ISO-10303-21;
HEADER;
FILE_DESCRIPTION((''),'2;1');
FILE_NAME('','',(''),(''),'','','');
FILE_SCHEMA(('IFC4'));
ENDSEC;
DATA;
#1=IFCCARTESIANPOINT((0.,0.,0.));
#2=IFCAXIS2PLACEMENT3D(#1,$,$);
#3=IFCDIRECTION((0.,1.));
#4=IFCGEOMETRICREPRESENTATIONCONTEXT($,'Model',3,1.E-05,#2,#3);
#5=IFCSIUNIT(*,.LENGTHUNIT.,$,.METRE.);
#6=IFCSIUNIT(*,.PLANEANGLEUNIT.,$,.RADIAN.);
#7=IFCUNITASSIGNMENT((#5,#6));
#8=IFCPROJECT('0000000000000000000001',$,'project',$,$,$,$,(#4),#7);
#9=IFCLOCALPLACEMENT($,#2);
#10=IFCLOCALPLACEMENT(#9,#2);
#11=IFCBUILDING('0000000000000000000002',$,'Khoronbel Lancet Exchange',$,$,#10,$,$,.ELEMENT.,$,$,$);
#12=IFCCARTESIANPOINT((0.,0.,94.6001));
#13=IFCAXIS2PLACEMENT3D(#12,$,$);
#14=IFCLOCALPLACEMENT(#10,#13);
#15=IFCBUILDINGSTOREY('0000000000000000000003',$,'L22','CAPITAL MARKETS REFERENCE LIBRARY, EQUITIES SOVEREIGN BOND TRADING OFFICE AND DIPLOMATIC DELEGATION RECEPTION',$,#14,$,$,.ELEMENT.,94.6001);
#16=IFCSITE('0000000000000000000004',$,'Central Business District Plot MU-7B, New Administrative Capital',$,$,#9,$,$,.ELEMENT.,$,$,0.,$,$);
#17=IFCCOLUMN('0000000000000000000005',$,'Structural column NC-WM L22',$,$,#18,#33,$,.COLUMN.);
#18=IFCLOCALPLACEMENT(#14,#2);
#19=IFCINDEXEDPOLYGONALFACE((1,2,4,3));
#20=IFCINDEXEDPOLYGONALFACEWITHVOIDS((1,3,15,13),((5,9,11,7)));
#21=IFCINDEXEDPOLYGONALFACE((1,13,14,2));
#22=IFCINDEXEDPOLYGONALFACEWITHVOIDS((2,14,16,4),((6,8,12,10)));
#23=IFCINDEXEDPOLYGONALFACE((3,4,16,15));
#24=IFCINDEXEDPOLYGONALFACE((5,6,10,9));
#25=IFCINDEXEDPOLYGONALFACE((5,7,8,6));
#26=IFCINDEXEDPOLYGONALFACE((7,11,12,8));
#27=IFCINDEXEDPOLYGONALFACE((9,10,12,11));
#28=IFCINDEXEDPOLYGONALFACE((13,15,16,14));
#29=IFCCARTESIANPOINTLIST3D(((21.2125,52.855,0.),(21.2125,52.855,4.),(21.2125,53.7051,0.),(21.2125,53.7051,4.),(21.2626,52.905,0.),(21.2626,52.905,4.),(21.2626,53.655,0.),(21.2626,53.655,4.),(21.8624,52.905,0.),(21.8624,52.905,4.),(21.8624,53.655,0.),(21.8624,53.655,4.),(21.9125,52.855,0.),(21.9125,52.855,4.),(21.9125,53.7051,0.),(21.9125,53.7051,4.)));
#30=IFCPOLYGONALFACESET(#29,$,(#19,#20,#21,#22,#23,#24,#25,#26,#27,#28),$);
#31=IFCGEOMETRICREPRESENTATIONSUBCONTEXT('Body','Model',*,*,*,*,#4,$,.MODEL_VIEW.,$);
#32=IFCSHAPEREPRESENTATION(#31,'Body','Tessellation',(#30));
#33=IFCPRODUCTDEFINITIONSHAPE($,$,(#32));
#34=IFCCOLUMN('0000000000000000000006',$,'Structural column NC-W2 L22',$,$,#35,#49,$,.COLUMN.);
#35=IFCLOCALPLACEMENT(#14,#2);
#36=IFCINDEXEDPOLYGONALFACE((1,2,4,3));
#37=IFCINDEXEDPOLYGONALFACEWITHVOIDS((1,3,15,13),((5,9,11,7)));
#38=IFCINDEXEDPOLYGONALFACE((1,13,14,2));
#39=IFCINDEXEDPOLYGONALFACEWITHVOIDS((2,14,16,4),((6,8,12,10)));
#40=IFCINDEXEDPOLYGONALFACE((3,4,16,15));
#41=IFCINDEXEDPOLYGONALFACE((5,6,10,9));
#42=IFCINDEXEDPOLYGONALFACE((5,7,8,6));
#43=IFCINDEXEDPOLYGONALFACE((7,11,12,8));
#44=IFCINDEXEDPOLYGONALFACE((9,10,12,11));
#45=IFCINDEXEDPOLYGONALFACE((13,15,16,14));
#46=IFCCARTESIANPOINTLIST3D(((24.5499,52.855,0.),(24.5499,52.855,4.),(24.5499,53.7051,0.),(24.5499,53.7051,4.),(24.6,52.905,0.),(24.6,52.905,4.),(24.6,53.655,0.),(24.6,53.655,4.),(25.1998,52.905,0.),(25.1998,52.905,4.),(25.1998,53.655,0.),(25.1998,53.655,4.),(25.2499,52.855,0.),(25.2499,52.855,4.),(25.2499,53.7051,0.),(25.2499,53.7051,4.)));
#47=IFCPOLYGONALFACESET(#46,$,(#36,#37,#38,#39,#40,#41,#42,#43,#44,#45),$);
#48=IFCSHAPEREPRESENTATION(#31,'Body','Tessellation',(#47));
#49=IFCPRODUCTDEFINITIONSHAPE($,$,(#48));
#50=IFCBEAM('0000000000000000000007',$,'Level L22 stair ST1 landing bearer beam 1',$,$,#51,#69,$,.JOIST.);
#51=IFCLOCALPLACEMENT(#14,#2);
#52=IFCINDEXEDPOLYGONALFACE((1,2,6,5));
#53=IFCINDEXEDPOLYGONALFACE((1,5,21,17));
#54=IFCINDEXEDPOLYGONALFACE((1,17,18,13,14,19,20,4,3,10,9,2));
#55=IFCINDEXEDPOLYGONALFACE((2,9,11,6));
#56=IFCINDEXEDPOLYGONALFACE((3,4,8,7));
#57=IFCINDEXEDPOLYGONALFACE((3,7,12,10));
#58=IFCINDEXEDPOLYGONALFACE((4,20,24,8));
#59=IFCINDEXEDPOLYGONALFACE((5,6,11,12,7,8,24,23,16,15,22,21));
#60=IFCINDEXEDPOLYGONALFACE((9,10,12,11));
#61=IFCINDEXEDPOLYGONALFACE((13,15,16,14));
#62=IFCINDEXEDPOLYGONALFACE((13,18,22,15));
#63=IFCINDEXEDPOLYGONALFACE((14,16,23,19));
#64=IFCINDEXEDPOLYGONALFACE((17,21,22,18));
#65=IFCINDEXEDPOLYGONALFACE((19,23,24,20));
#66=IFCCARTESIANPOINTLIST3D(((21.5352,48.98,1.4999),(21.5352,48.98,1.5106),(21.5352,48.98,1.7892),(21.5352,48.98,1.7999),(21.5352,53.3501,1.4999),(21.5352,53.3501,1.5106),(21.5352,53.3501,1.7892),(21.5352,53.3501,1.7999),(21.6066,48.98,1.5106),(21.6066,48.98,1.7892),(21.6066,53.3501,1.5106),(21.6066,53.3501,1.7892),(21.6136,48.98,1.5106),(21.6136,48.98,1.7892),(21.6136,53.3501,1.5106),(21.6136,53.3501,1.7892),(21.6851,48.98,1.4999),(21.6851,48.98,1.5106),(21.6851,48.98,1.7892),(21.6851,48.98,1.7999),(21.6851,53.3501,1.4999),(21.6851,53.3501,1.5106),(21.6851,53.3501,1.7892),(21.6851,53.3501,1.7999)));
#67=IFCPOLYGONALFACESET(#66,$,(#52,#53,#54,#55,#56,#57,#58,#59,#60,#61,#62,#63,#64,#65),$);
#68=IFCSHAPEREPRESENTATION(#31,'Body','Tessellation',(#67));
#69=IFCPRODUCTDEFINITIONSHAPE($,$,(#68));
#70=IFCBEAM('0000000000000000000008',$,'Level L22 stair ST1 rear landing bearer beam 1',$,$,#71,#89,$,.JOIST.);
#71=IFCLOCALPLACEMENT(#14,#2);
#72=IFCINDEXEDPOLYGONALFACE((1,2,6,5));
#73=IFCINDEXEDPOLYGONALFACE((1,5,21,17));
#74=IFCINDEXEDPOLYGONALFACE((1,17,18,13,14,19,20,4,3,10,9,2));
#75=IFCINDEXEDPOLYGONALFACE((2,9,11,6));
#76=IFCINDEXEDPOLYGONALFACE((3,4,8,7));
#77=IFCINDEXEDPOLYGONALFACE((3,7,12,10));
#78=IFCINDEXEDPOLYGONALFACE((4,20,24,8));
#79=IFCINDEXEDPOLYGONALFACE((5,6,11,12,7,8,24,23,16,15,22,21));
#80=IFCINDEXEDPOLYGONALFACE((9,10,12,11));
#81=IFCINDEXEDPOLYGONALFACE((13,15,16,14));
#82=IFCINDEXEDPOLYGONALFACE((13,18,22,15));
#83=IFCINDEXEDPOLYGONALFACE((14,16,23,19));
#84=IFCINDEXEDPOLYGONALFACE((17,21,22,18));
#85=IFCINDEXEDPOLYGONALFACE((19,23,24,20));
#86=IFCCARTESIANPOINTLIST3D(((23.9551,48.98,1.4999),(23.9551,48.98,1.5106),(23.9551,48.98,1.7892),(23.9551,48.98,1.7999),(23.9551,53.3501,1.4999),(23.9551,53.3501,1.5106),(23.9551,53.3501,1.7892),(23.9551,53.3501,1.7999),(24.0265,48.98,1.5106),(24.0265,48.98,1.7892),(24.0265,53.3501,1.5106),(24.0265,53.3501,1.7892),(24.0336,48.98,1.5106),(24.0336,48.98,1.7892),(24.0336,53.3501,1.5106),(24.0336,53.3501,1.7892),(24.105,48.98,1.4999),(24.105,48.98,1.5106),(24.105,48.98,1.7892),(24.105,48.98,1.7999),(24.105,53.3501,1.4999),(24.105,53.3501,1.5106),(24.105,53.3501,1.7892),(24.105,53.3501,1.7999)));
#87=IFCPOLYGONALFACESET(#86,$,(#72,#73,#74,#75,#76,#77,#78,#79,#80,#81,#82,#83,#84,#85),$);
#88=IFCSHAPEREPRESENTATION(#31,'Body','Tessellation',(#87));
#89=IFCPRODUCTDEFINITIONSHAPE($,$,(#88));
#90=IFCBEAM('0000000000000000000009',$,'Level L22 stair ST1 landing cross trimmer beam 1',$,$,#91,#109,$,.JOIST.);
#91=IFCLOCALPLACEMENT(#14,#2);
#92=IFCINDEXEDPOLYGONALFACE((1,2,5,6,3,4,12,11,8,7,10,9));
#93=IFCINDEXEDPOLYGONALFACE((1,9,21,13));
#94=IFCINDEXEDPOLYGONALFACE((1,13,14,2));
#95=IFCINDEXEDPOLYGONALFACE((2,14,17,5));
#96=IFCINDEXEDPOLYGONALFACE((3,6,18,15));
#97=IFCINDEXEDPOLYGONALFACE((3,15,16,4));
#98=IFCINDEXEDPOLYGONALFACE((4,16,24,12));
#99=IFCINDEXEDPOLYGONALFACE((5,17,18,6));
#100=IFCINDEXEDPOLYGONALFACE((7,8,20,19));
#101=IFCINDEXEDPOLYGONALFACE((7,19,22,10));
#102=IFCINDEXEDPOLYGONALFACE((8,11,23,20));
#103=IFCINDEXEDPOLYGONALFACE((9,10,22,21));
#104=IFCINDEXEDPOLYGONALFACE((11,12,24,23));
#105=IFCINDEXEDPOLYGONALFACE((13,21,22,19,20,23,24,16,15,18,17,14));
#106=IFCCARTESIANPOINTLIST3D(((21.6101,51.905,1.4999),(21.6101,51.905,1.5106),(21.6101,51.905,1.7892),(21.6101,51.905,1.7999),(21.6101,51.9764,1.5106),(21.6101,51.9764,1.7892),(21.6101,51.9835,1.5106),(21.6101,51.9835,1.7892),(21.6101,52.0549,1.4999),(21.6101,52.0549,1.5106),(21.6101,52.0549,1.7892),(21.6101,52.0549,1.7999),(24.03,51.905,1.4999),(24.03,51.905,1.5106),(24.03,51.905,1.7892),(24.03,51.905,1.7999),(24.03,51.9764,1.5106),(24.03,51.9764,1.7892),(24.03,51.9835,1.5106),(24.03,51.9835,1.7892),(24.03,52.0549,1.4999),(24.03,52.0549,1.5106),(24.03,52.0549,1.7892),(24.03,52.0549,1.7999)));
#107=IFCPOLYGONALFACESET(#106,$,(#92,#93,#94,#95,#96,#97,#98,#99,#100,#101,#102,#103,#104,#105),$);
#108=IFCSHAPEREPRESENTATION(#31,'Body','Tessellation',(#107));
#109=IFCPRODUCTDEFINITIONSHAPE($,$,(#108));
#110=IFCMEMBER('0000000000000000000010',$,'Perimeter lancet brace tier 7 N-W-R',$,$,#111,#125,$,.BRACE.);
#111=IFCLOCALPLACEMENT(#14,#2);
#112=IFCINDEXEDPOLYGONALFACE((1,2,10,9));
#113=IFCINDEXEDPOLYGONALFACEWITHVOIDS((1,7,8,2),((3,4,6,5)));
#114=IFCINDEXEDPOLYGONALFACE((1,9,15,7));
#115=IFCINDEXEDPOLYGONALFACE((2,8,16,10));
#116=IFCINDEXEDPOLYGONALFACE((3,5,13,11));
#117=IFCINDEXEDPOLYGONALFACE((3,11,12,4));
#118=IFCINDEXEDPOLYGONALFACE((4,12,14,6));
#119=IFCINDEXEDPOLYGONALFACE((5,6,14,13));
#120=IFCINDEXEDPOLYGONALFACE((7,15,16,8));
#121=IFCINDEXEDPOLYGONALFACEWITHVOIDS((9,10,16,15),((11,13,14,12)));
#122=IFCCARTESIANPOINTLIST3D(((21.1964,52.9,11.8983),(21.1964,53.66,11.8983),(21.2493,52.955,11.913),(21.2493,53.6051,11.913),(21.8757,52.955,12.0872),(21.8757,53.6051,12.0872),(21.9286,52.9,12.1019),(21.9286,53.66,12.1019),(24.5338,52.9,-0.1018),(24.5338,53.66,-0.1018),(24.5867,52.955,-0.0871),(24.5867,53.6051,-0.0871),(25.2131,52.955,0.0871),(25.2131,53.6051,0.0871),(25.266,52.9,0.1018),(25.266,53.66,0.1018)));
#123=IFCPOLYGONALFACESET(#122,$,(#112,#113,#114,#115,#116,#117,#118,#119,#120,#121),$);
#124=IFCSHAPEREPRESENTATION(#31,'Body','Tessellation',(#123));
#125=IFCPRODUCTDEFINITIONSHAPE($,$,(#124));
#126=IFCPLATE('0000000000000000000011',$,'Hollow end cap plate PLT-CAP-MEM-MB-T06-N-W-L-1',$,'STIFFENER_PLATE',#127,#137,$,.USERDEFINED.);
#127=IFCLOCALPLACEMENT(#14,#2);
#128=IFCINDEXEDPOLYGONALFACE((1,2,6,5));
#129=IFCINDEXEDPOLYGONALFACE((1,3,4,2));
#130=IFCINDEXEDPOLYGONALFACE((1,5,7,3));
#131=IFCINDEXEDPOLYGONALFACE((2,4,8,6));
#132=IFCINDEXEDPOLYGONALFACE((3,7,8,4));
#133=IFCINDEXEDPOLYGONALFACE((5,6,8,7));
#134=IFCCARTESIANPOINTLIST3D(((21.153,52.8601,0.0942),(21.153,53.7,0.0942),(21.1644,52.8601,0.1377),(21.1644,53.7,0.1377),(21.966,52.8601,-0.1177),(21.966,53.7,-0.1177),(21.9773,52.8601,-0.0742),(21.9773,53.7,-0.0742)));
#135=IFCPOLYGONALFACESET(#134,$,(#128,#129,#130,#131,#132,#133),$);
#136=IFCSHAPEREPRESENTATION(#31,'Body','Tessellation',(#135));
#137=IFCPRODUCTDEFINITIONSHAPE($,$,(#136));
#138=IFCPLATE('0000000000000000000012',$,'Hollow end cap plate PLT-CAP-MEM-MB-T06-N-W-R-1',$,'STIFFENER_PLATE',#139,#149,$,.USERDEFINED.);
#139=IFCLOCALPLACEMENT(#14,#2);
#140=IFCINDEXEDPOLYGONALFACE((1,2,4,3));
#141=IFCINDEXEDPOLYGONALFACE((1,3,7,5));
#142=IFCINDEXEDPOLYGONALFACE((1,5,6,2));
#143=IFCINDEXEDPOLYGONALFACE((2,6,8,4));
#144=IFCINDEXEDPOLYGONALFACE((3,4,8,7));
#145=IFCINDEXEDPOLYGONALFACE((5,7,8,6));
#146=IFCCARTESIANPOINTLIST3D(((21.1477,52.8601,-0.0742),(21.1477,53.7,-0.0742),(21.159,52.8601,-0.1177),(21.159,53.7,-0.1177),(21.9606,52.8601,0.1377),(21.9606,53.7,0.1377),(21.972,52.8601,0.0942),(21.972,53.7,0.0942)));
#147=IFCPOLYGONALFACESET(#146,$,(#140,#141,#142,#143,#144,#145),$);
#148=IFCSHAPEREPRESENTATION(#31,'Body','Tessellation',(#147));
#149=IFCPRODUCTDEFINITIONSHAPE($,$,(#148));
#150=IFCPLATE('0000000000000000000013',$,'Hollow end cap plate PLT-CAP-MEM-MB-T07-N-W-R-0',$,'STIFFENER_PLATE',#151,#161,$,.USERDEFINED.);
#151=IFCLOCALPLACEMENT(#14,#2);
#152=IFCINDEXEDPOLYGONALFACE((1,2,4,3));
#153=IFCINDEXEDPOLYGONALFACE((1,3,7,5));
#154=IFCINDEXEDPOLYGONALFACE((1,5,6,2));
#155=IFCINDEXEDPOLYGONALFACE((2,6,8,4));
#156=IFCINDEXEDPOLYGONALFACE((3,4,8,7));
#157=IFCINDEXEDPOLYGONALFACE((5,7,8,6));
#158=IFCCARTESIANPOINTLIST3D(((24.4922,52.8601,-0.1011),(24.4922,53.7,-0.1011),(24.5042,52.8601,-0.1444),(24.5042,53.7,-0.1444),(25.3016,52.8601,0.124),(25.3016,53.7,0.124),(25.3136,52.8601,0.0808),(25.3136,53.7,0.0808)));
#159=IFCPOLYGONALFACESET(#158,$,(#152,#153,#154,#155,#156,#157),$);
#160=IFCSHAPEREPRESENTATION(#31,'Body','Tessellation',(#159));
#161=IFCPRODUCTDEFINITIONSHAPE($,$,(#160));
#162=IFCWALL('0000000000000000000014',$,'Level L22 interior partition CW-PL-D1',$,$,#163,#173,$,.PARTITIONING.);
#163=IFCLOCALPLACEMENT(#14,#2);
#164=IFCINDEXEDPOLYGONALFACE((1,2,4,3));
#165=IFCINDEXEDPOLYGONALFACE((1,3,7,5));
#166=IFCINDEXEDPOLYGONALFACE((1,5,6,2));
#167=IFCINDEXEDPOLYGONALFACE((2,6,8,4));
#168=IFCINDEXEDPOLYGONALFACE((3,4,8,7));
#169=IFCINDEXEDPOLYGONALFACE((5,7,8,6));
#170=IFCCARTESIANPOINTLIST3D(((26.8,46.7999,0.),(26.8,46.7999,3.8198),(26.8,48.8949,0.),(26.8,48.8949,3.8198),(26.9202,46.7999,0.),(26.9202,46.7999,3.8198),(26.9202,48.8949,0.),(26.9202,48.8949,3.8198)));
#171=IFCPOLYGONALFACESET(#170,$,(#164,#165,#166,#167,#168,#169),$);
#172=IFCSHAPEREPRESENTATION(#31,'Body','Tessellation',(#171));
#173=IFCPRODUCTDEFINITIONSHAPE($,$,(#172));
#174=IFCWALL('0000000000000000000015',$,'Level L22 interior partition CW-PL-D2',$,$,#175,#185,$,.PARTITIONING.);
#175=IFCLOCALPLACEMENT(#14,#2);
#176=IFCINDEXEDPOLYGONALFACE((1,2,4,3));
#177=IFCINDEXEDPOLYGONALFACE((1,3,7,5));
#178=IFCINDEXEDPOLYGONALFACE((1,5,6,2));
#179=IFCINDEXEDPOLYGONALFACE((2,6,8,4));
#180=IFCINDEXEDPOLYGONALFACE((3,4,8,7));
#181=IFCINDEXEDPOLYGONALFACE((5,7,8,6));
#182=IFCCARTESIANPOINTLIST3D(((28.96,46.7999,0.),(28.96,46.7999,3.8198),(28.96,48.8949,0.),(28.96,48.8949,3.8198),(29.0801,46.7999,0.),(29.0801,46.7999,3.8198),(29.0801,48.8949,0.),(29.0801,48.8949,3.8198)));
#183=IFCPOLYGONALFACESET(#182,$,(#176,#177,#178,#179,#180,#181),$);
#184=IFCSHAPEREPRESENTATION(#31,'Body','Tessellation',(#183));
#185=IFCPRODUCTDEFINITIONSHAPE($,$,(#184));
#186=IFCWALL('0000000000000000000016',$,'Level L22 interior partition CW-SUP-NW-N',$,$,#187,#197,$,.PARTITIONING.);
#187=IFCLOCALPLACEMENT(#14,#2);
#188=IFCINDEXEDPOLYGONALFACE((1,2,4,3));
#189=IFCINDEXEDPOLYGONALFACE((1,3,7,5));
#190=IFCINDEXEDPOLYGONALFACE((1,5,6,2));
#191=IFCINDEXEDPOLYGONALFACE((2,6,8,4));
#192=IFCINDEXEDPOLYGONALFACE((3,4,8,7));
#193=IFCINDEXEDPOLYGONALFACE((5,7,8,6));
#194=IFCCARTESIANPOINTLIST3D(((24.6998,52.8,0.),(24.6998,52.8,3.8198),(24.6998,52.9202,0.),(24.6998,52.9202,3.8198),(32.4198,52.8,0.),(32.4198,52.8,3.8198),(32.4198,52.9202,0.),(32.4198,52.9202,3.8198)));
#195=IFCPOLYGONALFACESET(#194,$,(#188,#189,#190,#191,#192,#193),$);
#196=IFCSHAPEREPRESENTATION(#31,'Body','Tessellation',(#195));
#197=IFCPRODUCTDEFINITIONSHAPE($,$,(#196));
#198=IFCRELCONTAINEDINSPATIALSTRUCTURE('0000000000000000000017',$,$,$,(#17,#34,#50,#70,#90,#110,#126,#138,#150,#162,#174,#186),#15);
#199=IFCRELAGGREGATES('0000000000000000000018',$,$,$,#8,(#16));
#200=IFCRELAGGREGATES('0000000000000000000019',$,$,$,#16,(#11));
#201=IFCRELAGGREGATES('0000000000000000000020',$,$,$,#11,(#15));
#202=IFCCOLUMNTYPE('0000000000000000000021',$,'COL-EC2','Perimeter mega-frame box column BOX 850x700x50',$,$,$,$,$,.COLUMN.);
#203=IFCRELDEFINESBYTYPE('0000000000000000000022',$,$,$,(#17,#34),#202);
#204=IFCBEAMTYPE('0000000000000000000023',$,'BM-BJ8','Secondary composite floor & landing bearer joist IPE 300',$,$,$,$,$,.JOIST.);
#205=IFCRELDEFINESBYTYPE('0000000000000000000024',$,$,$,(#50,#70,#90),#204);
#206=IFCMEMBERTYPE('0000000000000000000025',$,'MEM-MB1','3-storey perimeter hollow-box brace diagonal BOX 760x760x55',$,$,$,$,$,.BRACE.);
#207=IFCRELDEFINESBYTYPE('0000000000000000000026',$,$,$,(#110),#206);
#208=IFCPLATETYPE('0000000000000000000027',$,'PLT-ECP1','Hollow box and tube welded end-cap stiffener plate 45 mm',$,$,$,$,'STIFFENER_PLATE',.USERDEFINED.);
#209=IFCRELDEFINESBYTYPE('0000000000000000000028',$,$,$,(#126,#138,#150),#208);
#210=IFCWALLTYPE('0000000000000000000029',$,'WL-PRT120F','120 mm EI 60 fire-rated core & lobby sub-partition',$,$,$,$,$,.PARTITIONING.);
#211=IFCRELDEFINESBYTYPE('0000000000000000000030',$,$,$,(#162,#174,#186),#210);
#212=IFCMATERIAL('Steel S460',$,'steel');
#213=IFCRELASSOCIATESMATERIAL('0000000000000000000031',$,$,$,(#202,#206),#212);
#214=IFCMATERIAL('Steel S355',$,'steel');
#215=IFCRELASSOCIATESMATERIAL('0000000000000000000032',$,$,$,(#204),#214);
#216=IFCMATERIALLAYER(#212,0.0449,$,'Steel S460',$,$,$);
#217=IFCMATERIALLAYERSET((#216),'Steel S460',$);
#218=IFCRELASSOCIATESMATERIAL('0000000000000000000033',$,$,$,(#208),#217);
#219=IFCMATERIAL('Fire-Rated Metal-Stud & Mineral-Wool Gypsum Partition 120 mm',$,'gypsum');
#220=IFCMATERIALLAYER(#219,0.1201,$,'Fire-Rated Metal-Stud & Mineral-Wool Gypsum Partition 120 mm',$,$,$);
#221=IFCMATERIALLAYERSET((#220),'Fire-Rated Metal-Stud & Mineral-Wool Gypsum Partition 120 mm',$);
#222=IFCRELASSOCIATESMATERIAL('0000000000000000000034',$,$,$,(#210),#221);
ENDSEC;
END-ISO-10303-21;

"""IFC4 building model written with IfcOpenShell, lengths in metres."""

from ifc_helpers import new_model, si_unit, direction, frame, frame_2d, origin, origin_2d, place, context, subcontext, project, spatial, polyline, rectangle, hollow_rectangle, i_section, outline, extrude, material, layer, layer_set, material_profile, profile_set, type_object, element, save


model = new_model("IFC4")

# Units and contexts
model_context = context("Model", 3, precision=1e-05, world=origin(), true_north=direction((0.0, 1.0)))
body_context = subcontext(model_context, "Body", "Model", "MODEL_VIEW")
ifc_project = project(units=[si_unit("LENGTHUNIT", "METRE"), si_unit("PLANEANGLEUNIT", "RADIAN")], contexts=[model_context])

# Site, building, storey
site_placement = place(None, origin())
site = spatial("IfcSite", under=ifc_project, at=site_placement, Name="Central Business District Plot MU-7B, New Administrative Capital", CompositionType="ELEMENT", RefElevation=0.0)
building_placement = place(site_placement, origin())
building = spatial("IfcBuilding", under=site, at=building_placement, Name="Khoronbel Lancet Exchange", CompositionType="ELEMENT")
storey_placement = place(building_placement, frame((0.0, 0.0, 94.6001)))
storey = spatial("IfcBuildingStorey", under=building, at=storey_placement, Name="L22", Description="CAPITAL MARKETS REFERENCE LIBRARY, EQUITIES SOVEREIGN BOND TRADING OFFICE AND DIPLOMATIC DELEGATION RECEPTION", CompositionType="ELEMENT", Elevation=94.6001)

# Columns
ifc_material_1 = material(Name="Steel S460", Category="steel")
ifc_material_profile_1 = material_profile(ifc_material_1, hollow_rectangle(XDim=0.7, YDim=0.8501, WallThickness=0.05, at=origin_2d()), Name="BOX 850x700x50")
ifc_profile_set_1 = profile_set([ifc_material_profile_1], Name="Steel S460")
column_type = type_object("IfcColumnType", Name="COL-EC2", Description="Perimeter mega-frame box column BOX 850x700x50", PredefinedType="COLUMN", material=ifc_profile_set_1)
for number, where, z_axis, x_axis, name in (
    (1, (21.5625, 53.28, 0.0), (0.0, 0.0, 1.0), (1.0, 0.0, 0.0), "Structural column NC-WM L22"),
    (2, (24.8999, 53.28, 0.0), (0.0, 0.0, 1.0), (1.0, 0.0, 0.0), "Structural column NC-W2 L22"),
):
    element("IfcColumn", number, at=place(storey_placement, frame(where, z_axis=z_axis, x_axis=x_axis)), inside=storey, type_object=column_type, Name=name, PredefinedType="COLUMN", context=body_context, shape_type="SweptSolid", body=[
        extrude(hollow_rectangle(XDim=0.7, YDim=0.8501, WallThickness=0.05, at=origin_2d()), origin(), (0.0, 0.0, 1.0), 4.0),
    ])

# Beams
ifc_material_2 = material(Name="Steel S355", Category="steel")
ifc_material_profile_2 = material_profile(ifc_material_2, i_section(OverallWidth=0.1499, OverallDepth=0.3, WebThickness=0.0071, FlangeThickness=0.0107, at=origin_2d()), Name="IPE 300")
ifc_profile_set_2 = profile_set([ifc_material_profile_2], Name="Steel S355")
beam_type = type_object("IfcBeamType", Name="BM-BJ8", Description="Secondary composite floor & landing bearer joist IPE 300", PredefinedType="JOIST", material=ifc_profile_set_2)
for number, where, z_axis, x_axis, name in (
    (3, (21.6101, 48.98, 1.6499), (0.0, 1.0, 0.0), (-1.0, 0.0, 0.0), "Level L22 stair ST1 landing bearer beam 1"),
    (4, (24.03, 48.98, 1.6499), (0.0, 1.0, 0.0), (-1.0, 0.0, 0.0), "Level L22 stair ST1 rear landing bearer beam 1"),
):
    element("IfcBeam", number, at=place(storey_placement, frame(where, z_axis=z_axis, x_axis=x_axis)), inside=storey, type_object=beam_type, Name=name, PredefinedType="JOIST", context=body_context, shape_type="SweptSolid", body=[
        extrude(i_section(OverallWidth=0.1499, OverallDepth=0.3, WebThickness=0.0071, FlangeThickness=0.0107, at=origin_2d()), origin(), (0.0, 0.0, 1.0), 4.3701),
    ])
beam_placement = place(storey_placement, frame((21.6101, 51.98, 1.6499), z_axis=(1.0, 0.0, 0.0), x_axis=(0.0, 1.0, 0.0)))
element("IfcBeam", 5, at=beam_placement, inside=storey, type_object=beam_type, Name="Level L22 stair ST1 landing cross trimmer beam 1", PredefinedType="JOIST", context=body_context, shape_type="SweptSolid", body=[
    extrude(i_section(OverallWidth=0.1499, OverallDepth=0.3, WebThickness=0.0071, FlangeThickness=0.0107, at=origin_2d()), origin(), (0.0, 0.0, 1.0), 2.4199),
])

# Member
ifc_material_profile_3 = material_profile(ifc_material_1, hollow_rectangle(XDim=0.76, YDim=0.76, WallThickness=0.0549, at=origin_2d()), Name="BOX 760x760x55")
ifc_profile_set_3 = profile_set([ifc_material_profile_3], Name="Steel S460")
member_type = type_object("IfcMemberType", Name="MEM-MB1", Description="3-storey perimeter hollow-box brace diagonal BOX 760x760x55", PredefinedType="BRACE", material=ifc_profile_set_3)
member_placement = place(storey_placement, frame((24.8999, 53.28, 0.0), z_axis=(-0.267947, 0.0, 0.963434), x_axis=(0.0, -1.0, 0.0)))
element("IfcMember", 6, at=member_placement, inside=storey, type_object=member_type, Name="Perimeter lancet brace tier 7 N-W-R", PredefinedType="BRACE", context=body_context, shape_type="SweptSolid", body=[
    extrude(hollow_rectangle(XDim=0.76, YDim=0.76, WallThickness=0.0549, at=origin_2d()), origin(), (0.0, 0.0, 1.0), 12.4556),
])

# Plates
ifc_layer_1 = layer(ifc_material_1, 0.0449, Name="Steel S460")
ifc_layer_set_1 = layer_set([ifc_layer_1], Name="Steel S460")
plate_type = type_object("IfcPlateType", Name="PLT-ECP1", Description="Hollow box and tube welded end-cap stiffener plate 45 mm", ElementType="STIFFENER_PLATE", PredefinedType="USERDEFINED", material=ifc_layer_set_1)
for number, where, z_axis, x_axis, name in (
    (7, (21.9773, 52.8601, -0.0742), (0.252233, 0.0, 0.967667), (0.0, 1.0, 0.0), "Hollow end cap plate PLT-CAP-MEM-MB-T06-N-W-L-1"),
    (8, (21.1477, 53.7, -0.0742), (-0.252233, 0.0, 0.967667), (0.0, -1.0, 0.0), "Hollow end cap plate PLT-CAP-MEM-MB-T06-N-W-R-1"),
    (9, (24.4922, 53.7, -0.1011), (-0.267959, 0.0, 0.96343), (0.0, -1.0, 0.0), "Hollow end cap plate PLT-CAP-MEM-MB-T07-N-W-R-0"),
):
    element("IfcPlate", number, at=place(storey_placement, frame(where, z_axis=z_axis, x_axis=x_axis)), inside=storey, type_object=plate_type, Name=name, ObjectType="STIFFENER_PLATE", PredefinedType="USERDEFINED", context=body_context, shape_type="SweptSolid", body=[
        extrude(outline(polyline([(0.0, 0.0), (0.8398, 0.0), (0.8398, 0.8401), (0.0, 0.8401), (0.0, 0.0)])), origin(), (0.0, 0.0, -1.0), 0.0449),
    ])

# Walls
ifc_material_3 = material(Name="Fire-Rated Metal-Stud & Mineral-Wool Gypsum Partition 120 mm", Category="gypsum")
ifc_layer_2 = layer(ifc_material_3, 0.1201, Name="Fire-Rated Metal-Stud & Mineral-Wool Gypsum Partition 120 mm")
ifc_layer_set_2 = layer_set([ifc_layer_2], Name="Fire-Rated Metal-Stud & Mineral-Wool Gypsum Partition 120 mm")
wall_type_1 = type_object("IfcWallType", Name="WL-PRT120F", Description="120 mm EI 60 fire-rated core & lobby sub-partition", PredefinedType="PARTITIONING", material=ifc_layer_set_2)
for number, where, z_axis, x_axis, name in (
    (10, (26.8601, 46.8, 0.0), (0.0, 0.0, 1.0), (0.0, 1.0, 0.0), "Level L22 interior partition CW-PL-D1"),
    (11, (29.02, 46.8, 0.0), (0.0, 0.0, 1.0), (0.0, 1.0, 0.0), "Level L22 interior partition CW-PL-D2"),
):
    element("IfcWall", number, at=place(storey_placement, frame(where, z_axis=z_axis, x_axis=x_axis)), inside=storey, type_object=wall_type_1, Name=name, PredefinedType="PARTITIONING", context=body_context, shape_type="SweptSolid", body=[
        extrude(rectangle(XDim=2.095, YDim=0.1201, at=frame_2d((1.0474, 0.0))), origin(), (0.0, 0.0, 1.0), 3.8198),
    ])
wall_1_placement = place(storey_placement, frame((24.7, 52.8601, 0.0), z_axis=(0.0, 0.0, 1.0), x_axis=(1.0, 0.0, 0.0)))
element("IfcWall", 12, at=wall_1_placement, inside=storey, type_object=wall_type_1, Name="Level L22 interior partition CW-SUP-NW-N", PredefinedType="PARTITIONING", context=body_context, shape_type="SweptSolid", body=[
    extrude(rectangle(XDim=7.72, YDim=0.1201, at=frame_2d((3.8599, 0.0))), origin(), (0.0, 0.0, 1.0), 3.8198),
])

save(model, "model.ifc")
